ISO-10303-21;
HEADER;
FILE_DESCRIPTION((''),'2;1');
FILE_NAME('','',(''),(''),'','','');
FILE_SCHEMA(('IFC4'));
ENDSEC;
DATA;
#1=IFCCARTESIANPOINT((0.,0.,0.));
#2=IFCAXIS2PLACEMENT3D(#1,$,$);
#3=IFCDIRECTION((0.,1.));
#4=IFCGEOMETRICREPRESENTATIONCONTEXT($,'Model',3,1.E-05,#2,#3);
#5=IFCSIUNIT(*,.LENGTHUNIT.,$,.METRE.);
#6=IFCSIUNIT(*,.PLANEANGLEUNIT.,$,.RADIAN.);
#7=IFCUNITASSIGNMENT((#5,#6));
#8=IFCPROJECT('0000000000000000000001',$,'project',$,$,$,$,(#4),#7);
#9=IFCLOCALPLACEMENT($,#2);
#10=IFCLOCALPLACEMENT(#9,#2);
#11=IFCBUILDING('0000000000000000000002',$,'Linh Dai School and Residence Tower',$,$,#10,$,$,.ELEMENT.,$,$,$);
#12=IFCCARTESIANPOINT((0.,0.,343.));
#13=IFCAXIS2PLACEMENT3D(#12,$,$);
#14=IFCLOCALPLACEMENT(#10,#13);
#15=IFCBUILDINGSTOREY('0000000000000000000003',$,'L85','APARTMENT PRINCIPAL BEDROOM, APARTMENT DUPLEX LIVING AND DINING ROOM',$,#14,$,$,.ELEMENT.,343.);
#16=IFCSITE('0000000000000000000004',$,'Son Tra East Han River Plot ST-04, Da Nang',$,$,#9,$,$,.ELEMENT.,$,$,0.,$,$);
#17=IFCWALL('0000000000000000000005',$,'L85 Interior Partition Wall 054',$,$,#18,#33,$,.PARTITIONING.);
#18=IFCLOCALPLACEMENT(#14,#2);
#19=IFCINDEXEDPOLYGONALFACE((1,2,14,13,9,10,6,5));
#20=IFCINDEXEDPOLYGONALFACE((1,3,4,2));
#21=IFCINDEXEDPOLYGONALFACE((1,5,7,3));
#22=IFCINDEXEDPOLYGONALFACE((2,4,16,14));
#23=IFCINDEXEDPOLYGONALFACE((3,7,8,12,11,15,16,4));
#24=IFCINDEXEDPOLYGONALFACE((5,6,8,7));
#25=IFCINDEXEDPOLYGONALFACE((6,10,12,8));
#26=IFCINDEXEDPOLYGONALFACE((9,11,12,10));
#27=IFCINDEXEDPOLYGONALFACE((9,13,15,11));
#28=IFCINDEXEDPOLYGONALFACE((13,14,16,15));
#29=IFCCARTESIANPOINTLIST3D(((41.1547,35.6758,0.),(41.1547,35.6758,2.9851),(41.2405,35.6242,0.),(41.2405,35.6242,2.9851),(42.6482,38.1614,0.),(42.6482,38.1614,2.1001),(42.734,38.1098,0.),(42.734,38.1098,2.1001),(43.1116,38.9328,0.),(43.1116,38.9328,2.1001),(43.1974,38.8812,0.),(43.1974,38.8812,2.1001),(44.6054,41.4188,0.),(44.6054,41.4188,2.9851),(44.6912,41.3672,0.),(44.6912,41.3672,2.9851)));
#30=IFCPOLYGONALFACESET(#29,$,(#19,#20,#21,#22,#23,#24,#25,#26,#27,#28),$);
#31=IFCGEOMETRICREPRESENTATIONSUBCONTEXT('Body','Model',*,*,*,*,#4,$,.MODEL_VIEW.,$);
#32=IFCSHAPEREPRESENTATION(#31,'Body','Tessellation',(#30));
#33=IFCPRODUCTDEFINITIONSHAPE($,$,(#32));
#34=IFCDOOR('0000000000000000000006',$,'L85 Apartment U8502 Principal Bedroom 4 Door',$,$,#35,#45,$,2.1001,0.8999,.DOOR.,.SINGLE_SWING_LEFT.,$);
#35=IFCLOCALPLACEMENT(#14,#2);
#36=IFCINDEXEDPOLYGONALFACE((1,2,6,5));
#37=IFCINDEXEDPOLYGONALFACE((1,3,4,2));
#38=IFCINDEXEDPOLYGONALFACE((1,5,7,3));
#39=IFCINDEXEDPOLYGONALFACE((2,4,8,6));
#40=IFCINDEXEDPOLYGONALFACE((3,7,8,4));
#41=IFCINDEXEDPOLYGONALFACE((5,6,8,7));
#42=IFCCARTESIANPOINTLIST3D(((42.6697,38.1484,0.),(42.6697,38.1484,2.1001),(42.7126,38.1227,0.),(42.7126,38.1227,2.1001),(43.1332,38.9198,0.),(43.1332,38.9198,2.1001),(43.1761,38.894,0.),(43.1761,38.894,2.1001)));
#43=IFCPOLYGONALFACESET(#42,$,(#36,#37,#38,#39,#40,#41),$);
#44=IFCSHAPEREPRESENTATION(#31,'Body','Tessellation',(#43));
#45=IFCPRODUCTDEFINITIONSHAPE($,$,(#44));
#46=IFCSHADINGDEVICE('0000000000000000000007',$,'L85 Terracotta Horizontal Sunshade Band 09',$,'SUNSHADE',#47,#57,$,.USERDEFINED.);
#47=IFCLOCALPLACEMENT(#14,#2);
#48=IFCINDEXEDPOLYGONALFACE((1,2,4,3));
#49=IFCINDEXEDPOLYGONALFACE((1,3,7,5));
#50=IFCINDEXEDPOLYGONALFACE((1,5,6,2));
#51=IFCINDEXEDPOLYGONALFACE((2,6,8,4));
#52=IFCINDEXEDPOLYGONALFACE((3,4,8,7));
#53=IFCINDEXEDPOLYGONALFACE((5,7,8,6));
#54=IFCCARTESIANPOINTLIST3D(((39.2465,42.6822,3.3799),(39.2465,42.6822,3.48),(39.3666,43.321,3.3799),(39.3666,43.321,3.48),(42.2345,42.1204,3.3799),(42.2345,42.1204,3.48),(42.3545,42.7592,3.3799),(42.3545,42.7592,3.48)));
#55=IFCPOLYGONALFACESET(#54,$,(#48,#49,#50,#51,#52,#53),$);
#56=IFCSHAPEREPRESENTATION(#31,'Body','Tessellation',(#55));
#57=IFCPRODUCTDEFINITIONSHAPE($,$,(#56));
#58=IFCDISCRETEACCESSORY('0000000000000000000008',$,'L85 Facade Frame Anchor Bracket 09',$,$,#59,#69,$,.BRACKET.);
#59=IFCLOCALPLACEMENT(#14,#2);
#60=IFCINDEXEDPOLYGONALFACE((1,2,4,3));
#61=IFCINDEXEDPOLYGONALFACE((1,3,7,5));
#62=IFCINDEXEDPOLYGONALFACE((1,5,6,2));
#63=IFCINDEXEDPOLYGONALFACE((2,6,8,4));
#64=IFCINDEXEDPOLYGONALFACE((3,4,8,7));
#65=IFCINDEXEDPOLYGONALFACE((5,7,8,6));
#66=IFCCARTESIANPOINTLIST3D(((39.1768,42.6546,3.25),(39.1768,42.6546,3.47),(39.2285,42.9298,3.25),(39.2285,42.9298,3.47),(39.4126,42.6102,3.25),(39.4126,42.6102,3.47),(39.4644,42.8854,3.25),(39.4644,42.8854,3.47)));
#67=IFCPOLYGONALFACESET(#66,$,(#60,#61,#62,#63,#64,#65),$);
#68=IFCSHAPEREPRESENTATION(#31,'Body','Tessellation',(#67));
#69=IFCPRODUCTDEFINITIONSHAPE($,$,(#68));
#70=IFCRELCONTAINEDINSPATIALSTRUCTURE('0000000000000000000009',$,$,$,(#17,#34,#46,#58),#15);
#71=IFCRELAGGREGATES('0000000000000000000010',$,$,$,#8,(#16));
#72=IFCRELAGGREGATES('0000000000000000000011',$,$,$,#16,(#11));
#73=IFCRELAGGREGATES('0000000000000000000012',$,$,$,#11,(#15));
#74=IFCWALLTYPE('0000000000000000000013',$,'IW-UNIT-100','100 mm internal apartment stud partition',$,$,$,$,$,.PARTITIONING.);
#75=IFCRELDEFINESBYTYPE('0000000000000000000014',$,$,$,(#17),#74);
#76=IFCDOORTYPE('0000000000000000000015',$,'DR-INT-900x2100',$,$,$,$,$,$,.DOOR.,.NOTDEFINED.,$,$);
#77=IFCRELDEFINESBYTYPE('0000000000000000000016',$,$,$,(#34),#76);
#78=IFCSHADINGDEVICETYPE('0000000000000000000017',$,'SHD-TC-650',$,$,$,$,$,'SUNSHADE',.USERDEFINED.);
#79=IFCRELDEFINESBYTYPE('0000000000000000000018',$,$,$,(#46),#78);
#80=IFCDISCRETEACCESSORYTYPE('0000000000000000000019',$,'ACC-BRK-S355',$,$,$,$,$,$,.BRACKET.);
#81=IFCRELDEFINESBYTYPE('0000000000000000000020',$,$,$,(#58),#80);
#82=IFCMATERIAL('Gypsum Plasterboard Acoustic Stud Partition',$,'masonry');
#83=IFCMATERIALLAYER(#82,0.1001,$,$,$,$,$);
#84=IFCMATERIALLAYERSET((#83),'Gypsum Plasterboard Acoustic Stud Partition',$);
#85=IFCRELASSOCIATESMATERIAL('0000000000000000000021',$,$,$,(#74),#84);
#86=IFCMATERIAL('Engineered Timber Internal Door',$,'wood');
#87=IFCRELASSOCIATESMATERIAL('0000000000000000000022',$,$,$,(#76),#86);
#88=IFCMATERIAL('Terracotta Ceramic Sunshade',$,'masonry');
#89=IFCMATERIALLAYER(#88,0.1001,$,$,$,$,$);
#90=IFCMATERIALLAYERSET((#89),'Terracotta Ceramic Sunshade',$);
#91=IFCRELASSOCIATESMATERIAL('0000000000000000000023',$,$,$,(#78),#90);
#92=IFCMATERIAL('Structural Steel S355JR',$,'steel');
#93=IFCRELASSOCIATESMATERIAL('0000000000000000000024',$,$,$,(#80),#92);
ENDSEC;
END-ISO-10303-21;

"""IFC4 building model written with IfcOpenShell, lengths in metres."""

from ifc_helpers import new_model, si_unit, direction, frame, frame_2d, origin, origin_2d, place, context, subcontext, project, spatial, rectangle, extrude, source, transform, mapped, material, layer, layer_set, type_object, element, fill, save


model = new_model("IFC4")

# Units and contexts
model_context = context("Model", 3, precision=1e-05, world=origin(), true_north=direction((0.0, 1.0)))
body_context = subcontext(model_context, "Body", "Model", "MODEL_VIEW")
ifc_project = project(units=[si_unit("LENGTHUNIT", "METRE"), si_unit("PLANEANGLEUNIT", "RADIAN")], contexts=[model_context])

# Site, building, storey
site_placement = place(None, origin())
site = spatial("IfcSite", under=ifc_project, at=site_placement, Name="Son Tra East Han River Plot ST-04, Da Nang", CompositionType="ELEMENT", RefElevation=0.0)
building_placement = place(site_placement, origin())
building = spatial("IfcBuilding", under=site, at=building_placement, Name="Linh Dai School and Residence Tower", CompositionType="ELEMENT")
storey_placement = place(building_placement, frame((0.0, 0.0, 343.0)))
storey = spatial("IfcBuildingStorey", under=building, at=storey_placement, Name="L85", Description="APARTMENT PRINCIPAL BEDROOM, APARTMENT DUPLEX LIVING AND DINING ROOM", CompositionType="ELEMENT", Elevation=343.0)

# Shared definitions
ifc_material_1 = material(Name="Structural Steel S355JR", Category="steel")

# Wall, opening, door
ifc_material_2 = material(Name="Gypsum Plasterboard Acoustic Stud Partition", Category="masonry")
ifc_layer_1 = layer(ifc_material_2, 0.1001)
ifc_layer_set_1 = layer_set([ifc_layer_1], Name="Gypsum Plasterboard Acoustic Stud Partition")
wall_type_1 = type_object("IfcWallType", Name="IW-UNIT-100", Description="100 mm internal apartment stud partition", PredefinedType="PARTITIONING", material=ifc_layer_set_1)
wall_1_placement = place(storey_placement, frame((41.1975, 35.6499, 0.0), z_axis=(0.0, 0.0, 1.0), x_axis=(0.515037, 0.857168, 0.0)))
wall_1 = element("IfcWall", 1, at=wall_1_placement, inside=storey, type_object=wall_type_1, Name="L85 Interior Partition Wall 054", PredefinedType="PARTITIONING", context=body_context, shape_type="SweptSolid", body=[
    extrude(rectangle(XDim=6.7, YDim=0.1001, at=frame_2d((3.3501, 0.0))), origin(), (0.0, 0.0, 1.0), 2.9851),
])
opening_1_placement = place(wall_1_placement, frame((2.8999, 0.0, 0.0)))
opening_1 = element("IfcOpeningElement", 2, at=opening_1_placement, cuts=wall_1, PredefinedType="OPENING", context=body_context, shape_type="SweptSolid", body=[
    extrude(rectangle(XDim=0.8999, YDim=2.1001, at=origin_2d()), frame((0.45, 0.0601, 1.05), z_axis=(0.0, -1.0, 0.0), x_axis=(1.0, 0.0, 0.0)), (0.0, 0.0, 1.0), 0.1201),
])
ifc_material_3 = material(Name="Engineered Timber Internal Door", Category="wood")
door_type = type_object("IfcDoorType", Name="DR-INT-900x2100", OperationType="NOTDEFINED", PredefinedType="DOOR", material=ifc_material_3)
shared_shape_1 = source(origin(), body_context, "Body", "SweptSolid", [
    extrude(rectangle(XDim=0.8999, YDim=2.1001, at=origin_2d()), frame((0.45, 0.0249, 1.05), z_axis=(0.0, -1.0, 0.0), x_axis=(1.0, 0.0, 0.0)), (0.0, 0.0, 1.0), 0.05),
])
door_placement = place(opening_1_placement, origin())
door = element("IfcDoor", 3, at=door_placement, inside=storey, type_object=door_type, Name="L85 Apartment U8502 Principal Bedroom 4 Door", OperationType="SINGLE_SWING_LEFT", OverallHeight=2.1001, OverallWidth=0.8999, PredefinedType="DOOR", context=body_context, shape_type="MappedRepresentation", body=[
    mapped(shared_shape_1, transform((0.0, 0.0, 0.0), x_axis=(1.0, 0.0, 0.0), y_axis=(0.0, 1.0, 0.0), z_axis=(0.0, 0.0, 1.0), scale=1.0)),
])
fill(opening_1, door)

# Shading device
ifc_material_4 = material(Name="Terracotta Ceramic Sunshade", Category="masonry")
ifc_layer_2 = layer(ifc_material_4, 0.1001)
ifc_layer_set_2 = layer_set([ifc_layer_2], Name="Terracotta Ceramic Sunshade")
shading_device_type = type_object("IfcShadingDeviceType", Name="SHD-TC-650", ElementType="SUNSHADE", PredefinedType="USERDEFINED", material=ifc_layer_set_2)
shared_shape_2 = source(origin(), body_context, "Body", "SweptSolid", [
    extrude(rectangle(XDim=3.0403, YDim=0.6499, at=origin_2d()), origin(), (0.0, 0.0, 1.0), 0.1001),
])
shading_device_placement = place(storey_placement, frame((40.8005, 42.7207, 3.3799), z_axis=(0.0, 0.0, 1.0), x_axis=(0.982779, -0.184785, 0.0)))
element("IfcShadingDevice", 4, at=shading_device_placement, inside=storey, type_object=shading_device_type, Name="L85 Terracotta Horizontal Sunshade Band 09", ObjectType="SUNSHADE", PredefinedType="USERDEFINED", context=body_context, shape_type="MappedRepresentation", body=[
    mapped(shared_shape_2, transform((0.0, 0.0, 0.0), x_axis=(1.0, 0.0, 0.0), y_axis=(0.0, 1.0, 0.0), z_axis=(0.0, 0.0, 1.0), scale=1.0)),
])

# Discrete accessory
discrete_accessory_type = type_object("IfcDiscreteAccessoryType", Name="ACC-BRK-S355", PredefinedType="BRACKET", material=ifc_material_1)
shared_shape_3 = source(origin(), body_context, "Body", "SweptSolid", [
    extrude(rectangle(XDim=0.28, YDim=0.24, at=origin_2d()), origin(), (0.0, 0.0, 1.0), 0.22),
])
discrete_accessory_placement = place(storey_placement, frame((39.3206, 42.77, 3.25), z_axis=(0.0, 0.0, 1.0), x_axis=(0.184785, 0.982779, 0.0)))
element("IfcDiscreteAccessory", 5, at=discrete_accessory_placement, inside=storey, type_object=discrete_accessory_type, Name="L85 Facade Frame Anchor Bracket 09", PredefinedType="BRACKET", context=body_context, shape_type="MappedRepresentation", body=[
    mapped(shared_shape_3, transform((0.0, 0.0, 0.0), x_axis=(1.0, 0.0, 0.0), y_axis=(0.0, 1.0, 0.0), z_axis=(0.0, 0.0, 1.0), scale=1.0)),
])

save(model, "model.ifc")
